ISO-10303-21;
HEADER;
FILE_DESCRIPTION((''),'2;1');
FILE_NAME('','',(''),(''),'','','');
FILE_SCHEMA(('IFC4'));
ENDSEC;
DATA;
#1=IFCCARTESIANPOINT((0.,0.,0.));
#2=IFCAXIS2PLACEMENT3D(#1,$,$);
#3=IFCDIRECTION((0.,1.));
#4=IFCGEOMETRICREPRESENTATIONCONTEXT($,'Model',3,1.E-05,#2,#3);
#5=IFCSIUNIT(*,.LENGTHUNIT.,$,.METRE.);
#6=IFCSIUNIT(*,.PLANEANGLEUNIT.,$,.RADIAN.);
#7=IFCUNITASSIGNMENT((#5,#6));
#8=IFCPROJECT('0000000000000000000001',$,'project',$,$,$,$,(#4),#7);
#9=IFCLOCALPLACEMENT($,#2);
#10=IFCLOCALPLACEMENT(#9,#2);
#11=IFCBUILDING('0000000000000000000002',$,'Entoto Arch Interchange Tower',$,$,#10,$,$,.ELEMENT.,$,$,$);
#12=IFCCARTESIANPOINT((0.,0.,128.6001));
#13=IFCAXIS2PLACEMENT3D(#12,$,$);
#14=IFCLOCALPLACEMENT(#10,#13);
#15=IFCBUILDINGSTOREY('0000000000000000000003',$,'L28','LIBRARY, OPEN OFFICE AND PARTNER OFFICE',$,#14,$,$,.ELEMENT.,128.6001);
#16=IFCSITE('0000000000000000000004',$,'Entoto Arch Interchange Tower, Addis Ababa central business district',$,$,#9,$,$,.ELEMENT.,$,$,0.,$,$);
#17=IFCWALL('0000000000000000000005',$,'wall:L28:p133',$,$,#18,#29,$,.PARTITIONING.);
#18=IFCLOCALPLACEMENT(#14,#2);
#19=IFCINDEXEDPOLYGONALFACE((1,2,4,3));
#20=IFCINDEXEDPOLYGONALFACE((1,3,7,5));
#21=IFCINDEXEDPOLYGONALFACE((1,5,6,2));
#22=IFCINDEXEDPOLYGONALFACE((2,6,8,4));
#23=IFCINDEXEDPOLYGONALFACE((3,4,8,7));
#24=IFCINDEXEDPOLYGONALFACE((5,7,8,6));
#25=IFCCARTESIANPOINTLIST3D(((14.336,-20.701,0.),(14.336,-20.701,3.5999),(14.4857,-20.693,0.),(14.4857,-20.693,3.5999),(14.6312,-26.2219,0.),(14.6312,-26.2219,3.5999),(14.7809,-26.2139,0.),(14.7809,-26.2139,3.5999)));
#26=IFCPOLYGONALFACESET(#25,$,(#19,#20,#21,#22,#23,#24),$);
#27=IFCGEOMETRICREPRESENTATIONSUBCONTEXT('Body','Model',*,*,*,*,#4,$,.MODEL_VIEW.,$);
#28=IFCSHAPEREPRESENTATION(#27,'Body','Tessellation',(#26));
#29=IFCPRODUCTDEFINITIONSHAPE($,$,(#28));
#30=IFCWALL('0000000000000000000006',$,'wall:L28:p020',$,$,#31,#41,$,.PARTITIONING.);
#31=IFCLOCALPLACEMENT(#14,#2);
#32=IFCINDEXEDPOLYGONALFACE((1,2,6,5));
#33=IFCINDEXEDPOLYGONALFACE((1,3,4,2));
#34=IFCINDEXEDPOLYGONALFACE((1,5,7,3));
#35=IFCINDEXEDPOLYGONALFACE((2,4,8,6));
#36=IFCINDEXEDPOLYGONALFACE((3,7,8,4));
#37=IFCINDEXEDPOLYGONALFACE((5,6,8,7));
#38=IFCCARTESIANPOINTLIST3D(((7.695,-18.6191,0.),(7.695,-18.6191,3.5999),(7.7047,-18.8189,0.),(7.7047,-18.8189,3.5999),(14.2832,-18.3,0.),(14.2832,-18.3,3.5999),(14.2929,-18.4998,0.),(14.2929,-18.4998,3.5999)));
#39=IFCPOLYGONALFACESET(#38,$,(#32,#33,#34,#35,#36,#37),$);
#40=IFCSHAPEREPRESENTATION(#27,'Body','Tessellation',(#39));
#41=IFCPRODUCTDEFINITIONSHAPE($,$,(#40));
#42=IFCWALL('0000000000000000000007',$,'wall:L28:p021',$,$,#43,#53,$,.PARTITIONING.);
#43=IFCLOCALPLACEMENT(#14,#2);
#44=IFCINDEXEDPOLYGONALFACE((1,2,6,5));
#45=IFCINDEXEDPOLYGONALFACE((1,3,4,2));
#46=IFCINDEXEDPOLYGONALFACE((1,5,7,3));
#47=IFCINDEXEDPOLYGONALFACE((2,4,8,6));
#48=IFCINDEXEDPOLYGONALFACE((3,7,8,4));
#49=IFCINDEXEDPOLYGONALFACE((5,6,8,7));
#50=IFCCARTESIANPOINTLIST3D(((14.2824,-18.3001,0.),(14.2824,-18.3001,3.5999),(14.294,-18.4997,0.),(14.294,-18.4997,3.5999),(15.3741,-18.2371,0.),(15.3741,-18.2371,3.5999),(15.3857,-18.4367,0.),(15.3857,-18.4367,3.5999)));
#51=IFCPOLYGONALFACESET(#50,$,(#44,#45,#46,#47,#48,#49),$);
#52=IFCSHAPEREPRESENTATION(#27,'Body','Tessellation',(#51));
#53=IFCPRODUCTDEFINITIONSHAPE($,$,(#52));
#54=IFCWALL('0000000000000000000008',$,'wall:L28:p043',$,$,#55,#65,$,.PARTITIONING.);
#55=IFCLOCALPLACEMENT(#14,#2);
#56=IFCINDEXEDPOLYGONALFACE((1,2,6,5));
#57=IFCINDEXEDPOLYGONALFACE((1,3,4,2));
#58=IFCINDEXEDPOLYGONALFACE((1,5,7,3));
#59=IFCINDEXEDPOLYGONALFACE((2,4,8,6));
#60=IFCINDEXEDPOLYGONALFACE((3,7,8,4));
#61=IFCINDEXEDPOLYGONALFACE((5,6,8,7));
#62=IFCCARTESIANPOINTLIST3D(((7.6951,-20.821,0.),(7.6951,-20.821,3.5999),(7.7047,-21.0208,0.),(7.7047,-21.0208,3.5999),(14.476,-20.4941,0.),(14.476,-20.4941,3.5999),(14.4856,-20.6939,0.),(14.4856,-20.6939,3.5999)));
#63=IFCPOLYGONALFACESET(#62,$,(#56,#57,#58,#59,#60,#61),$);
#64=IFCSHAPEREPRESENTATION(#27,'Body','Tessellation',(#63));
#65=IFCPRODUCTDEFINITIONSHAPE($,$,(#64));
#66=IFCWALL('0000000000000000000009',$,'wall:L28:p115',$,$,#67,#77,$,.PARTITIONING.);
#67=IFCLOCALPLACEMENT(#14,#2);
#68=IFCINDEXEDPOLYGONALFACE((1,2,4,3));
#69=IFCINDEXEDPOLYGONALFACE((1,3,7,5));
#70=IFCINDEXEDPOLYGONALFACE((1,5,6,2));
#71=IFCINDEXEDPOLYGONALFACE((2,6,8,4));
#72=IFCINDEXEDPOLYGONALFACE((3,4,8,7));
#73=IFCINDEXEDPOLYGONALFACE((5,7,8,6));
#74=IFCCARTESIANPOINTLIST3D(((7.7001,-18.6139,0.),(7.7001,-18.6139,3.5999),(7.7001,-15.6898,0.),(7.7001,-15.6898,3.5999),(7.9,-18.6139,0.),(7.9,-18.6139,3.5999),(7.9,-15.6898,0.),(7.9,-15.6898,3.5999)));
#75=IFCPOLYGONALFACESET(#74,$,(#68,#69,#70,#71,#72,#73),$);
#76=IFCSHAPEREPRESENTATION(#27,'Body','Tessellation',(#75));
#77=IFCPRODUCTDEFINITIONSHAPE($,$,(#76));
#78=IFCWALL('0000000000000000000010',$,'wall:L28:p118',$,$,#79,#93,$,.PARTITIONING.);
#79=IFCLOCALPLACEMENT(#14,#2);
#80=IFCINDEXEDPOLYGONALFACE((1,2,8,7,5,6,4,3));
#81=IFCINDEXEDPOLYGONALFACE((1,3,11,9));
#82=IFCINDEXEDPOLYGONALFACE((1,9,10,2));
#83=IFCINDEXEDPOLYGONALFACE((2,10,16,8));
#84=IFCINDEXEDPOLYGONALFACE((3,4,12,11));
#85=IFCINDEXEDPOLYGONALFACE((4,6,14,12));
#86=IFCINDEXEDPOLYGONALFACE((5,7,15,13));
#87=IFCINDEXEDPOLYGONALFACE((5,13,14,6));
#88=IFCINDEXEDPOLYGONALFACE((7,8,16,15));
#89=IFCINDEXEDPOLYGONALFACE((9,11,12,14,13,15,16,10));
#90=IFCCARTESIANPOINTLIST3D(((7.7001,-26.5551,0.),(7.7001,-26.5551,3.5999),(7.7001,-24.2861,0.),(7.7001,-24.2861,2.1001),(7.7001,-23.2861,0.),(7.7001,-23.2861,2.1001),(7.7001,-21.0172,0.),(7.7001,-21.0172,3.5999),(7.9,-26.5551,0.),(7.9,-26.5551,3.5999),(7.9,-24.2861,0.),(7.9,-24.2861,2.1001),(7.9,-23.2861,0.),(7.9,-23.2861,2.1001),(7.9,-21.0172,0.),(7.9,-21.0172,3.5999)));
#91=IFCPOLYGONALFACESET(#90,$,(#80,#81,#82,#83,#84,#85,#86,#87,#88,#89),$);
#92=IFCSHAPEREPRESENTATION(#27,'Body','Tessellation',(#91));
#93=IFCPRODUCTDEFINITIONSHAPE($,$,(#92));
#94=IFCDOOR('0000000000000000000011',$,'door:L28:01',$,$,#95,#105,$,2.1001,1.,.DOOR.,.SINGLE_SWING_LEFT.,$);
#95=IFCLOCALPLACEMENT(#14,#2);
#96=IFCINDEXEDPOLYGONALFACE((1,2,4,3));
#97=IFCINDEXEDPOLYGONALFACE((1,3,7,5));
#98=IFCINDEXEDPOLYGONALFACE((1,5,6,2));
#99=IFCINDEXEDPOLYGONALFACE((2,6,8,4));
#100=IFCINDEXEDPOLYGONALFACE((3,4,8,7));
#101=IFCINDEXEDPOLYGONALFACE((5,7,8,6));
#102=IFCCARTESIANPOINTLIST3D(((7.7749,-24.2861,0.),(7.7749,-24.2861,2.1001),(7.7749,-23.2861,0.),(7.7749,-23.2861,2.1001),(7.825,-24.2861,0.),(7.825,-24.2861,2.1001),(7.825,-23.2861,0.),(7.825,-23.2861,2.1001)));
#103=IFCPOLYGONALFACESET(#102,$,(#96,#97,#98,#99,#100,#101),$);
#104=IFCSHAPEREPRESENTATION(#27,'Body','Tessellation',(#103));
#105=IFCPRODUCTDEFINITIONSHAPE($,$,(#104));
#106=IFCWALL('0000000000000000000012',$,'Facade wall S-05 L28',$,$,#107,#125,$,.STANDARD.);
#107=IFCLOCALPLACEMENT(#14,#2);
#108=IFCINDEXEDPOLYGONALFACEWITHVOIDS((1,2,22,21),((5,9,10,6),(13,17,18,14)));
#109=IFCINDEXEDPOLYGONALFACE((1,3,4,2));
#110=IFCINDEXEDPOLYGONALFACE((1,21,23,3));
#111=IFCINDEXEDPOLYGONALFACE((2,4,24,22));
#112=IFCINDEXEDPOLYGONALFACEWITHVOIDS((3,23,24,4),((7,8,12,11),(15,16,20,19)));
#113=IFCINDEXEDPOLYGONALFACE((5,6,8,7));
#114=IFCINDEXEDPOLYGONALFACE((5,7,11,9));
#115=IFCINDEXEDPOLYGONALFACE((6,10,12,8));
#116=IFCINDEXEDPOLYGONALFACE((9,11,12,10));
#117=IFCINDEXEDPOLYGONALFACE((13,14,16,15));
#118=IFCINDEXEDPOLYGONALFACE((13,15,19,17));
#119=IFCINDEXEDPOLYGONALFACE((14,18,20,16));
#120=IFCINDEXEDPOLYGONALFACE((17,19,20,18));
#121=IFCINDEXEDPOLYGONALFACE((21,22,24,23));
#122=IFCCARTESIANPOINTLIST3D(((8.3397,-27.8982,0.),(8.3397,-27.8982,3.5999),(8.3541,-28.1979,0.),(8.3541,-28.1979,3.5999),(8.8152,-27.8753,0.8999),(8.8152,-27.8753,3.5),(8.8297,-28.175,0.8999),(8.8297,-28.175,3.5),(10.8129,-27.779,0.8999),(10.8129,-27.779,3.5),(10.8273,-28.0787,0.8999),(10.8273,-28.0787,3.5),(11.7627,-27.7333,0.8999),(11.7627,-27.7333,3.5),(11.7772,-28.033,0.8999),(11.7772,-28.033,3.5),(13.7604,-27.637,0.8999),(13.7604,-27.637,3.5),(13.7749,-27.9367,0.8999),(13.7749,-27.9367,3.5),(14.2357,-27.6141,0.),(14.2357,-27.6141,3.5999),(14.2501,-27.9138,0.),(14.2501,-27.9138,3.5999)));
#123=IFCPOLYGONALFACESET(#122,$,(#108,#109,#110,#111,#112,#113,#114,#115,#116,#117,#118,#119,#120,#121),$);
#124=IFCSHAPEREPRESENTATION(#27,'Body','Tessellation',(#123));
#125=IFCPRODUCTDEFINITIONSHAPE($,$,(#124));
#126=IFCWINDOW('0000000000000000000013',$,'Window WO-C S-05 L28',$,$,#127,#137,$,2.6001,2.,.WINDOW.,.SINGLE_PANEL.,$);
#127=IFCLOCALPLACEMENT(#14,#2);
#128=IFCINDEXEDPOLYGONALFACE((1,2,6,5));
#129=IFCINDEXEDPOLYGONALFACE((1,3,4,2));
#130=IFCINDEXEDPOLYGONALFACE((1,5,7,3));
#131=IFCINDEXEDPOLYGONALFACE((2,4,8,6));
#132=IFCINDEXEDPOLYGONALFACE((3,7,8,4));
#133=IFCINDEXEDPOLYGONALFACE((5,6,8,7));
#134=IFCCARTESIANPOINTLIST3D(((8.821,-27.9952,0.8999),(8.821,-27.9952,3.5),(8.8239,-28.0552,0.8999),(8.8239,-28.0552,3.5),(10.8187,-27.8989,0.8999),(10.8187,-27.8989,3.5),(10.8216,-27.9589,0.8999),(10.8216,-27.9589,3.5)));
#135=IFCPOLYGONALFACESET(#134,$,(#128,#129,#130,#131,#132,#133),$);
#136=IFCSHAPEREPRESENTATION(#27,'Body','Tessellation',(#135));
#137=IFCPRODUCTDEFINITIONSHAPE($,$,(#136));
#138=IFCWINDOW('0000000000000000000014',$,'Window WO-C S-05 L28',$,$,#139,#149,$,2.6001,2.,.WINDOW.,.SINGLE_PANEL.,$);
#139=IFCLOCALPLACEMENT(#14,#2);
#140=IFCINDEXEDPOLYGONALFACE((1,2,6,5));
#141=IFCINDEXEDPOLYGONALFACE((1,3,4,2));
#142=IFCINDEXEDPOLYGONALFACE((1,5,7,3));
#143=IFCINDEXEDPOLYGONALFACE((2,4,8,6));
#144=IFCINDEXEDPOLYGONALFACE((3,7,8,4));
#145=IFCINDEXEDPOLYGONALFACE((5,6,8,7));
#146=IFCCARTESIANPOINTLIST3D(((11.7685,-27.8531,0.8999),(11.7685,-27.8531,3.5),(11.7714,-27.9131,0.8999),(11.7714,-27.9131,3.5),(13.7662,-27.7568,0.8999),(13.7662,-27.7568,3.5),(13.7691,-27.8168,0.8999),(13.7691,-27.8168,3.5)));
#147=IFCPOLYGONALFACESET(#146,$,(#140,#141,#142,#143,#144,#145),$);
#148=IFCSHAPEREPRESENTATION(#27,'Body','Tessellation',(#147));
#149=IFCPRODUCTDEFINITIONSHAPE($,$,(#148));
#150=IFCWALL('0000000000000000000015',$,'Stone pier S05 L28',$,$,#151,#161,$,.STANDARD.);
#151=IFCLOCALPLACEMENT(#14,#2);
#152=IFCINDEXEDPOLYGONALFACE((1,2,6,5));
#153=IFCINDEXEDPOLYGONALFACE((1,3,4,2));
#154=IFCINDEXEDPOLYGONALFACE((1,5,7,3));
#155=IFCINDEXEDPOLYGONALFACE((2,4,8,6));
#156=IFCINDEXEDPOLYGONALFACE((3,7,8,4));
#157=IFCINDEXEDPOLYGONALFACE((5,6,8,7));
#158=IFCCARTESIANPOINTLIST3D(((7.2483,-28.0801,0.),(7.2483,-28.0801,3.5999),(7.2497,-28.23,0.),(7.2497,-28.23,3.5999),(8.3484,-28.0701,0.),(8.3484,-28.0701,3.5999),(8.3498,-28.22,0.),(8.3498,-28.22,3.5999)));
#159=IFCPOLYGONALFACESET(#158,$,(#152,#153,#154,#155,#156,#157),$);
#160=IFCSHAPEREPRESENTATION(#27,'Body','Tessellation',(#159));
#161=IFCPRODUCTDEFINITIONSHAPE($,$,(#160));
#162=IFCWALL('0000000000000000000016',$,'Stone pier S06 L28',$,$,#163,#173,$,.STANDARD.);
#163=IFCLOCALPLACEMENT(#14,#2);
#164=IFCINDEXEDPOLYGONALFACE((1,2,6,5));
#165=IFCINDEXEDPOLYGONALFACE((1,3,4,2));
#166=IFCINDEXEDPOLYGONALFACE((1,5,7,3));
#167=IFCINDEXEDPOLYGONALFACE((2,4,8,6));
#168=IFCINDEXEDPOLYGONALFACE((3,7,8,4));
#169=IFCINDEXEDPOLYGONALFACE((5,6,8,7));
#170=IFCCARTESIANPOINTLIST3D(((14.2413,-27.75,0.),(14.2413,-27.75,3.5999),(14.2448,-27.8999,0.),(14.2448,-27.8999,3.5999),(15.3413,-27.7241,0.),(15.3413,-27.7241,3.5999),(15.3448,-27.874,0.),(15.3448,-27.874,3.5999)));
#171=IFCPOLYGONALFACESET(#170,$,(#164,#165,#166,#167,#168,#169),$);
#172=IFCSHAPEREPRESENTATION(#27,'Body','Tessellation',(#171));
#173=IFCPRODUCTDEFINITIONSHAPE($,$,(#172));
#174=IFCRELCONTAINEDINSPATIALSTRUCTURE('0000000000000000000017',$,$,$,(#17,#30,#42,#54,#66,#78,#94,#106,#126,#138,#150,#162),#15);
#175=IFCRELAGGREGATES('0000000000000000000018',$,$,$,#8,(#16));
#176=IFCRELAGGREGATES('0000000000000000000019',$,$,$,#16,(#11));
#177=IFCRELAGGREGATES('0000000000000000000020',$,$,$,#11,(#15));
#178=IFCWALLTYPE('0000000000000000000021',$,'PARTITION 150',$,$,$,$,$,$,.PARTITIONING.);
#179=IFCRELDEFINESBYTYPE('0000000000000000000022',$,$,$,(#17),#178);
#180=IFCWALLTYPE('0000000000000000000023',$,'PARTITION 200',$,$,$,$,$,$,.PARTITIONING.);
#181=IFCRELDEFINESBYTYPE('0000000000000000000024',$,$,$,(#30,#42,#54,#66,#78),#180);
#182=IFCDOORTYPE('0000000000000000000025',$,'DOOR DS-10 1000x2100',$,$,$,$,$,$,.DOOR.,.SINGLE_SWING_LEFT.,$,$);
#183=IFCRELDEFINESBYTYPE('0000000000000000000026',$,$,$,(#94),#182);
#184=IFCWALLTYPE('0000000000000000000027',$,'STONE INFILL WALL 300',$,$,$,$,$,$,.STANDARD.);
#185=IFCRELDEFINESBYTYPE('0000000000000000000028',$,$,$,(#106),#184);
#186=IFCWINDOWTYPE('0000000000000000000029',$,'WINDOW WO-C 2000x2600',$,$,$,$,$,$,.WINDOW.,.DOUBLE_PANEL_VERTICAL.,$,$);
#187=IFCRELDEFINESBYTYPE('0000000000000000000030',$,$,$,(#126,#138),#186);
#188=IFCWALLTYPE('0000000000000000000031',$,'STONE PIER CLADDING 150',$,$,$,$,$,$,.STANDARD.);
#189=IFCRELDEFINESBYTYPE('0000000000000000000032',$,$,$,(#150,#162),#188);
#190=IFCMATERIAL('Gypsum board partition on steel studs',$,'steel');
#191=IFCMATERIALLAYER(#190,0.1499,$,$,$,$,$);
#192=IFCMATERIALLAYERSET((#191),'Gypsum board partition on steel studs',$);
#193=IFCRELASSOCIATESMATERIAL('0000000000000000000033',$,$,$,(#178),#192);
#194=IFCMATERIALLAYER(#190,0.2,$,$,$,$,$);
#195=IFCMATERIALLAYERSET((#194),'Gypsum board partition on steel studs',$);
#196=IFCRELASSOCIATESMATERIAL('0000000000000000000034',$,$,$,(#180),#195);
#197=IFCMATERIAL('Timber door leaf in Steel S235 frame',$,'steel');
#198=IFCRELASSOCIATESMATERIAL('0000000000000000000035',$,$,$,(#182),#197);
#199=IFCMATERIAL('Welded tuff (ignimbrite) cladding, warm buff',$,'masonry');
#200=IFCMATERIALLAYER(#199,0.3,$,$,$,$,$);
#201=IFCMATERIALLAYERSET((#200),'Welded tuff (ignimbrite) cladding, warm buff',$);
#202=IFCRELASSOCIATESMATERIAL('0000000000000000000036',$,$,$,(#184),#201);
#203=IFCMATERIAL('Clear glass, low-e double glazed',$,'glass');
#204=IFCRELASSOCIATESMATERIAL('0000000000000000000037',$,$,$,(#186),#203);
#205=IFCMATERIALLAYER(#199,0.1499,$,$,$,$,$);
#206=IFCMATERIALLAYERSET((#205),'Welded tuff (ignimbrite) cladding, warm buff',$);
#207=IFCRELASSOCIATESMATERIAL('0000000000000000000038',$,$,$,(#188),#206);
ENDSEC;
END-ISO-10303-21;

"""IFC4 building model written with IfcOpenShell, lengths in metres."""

from ifc_helpers import new_model, si_unit, direction, frame, frame_2d, origin, place, context, subcontext, project, spatial, rectangle, extrude, material, layer, layer_set, type_object, element, fill, save


model = new_model("IFC4")

# Units and contexts
model_context = context("Model", 3, precision=1e-05, world=origin(), true_north=direction((0.0, 1.0)))
body_context = subcontext(model_context, "Body", "Model", "MODEL_VIEW")
ifc_project = project(units=[si_unit("LENGTHUNIT", "METRE"), si_unit("PLANEANGLEUNIT", "RADIAN")], contexts=[model_context])

# Site, building, storey
site_placement = place(None, origin())
site = spatial("IfcSite", under=ifc_project, at=site_placement, Name="Entoto Arch Interchange Tower, Addis Ababa central business district", CompositionType="ELEMENT", RefElevation=0.0)
building_placement = place(site_placement, origin())
building = spatial("IfcBuilding", under=site, at=building_placement, Name="Entoto Arch Interchange Tower", CompositionType="ELEMENT")
storey_placement = place(building_placement, frame((0.0, 0.0, 128.6001)))
storey = spatial("IfcBuildingStorey", under=building, at=storey_placement, Name="L28", Description="LIBRARY, OPEN OFFICE AND PARTNER OFFICE", CompositionType="ELEMENT", Elevation=128.6001)

# Shared definitions
ifc_material_1 = material(Name="Clear glass, low-e double glazed", Category="glass")

# Walls
ifc_material_2 = material(Name="Gypsum board partition on steel studs", Category="steel")
ifc_layer_1 = layer(ifc_material_2, 0.1499)
ifc_layer_set_1 = layer_set([ifc_layer_1], Name="Gypsum board partition on steel studs")
wall_type_1 = type_object("IfcWallType", Name="PARTITION 150", PredefinedType="PARTITIONING", material=ifc_layer_set_1)
wall_1_placement = place(storey_placement, frame((14.4109, -20.697, 0.0), z_axis=(0.0, 0.0, 1.0), x_axis=(0.053386, -0.998574, 0.0)))
element("IfcWall", 1, at=wall_1_placement, inside=storey, type_object=wall_type_1, Name="wall:L28:p133", PredefinedType="PARTITIONING", context=body_context, shape_type="SweptSolid", body=[
    extrude(rectangle(XDim=5.5288, YDim=0.1499, at=frame_2d((2.7644, 0.0))), origin(), (0.0, 0.0, 1.0), 3.5999),
])
ifc_layer_2 = layer(ifc_material_2, 0.2)
ifc_layer_set_2 = layer_set([ifc_layer_2], Name="Gypsum board partition on steel studs")
wall_type_2 = type_object("IfcWallType", Name="PARTITION 200", PredefinedType="PARTITIONING", material=ifc_layer_set_2)
wall_2_placement = place(storey_placement, frame((7.7, -18.719, 0.0), z_axis=(0.0, 0.0, 1.0), x_axis=(0.998829, 0.048378, 0.0)))
element("IfcWall", 2, at=wall_2_placement, inside=storey, type_object=wall_type_2, Name="wall:L28:p020", PredefinedType="PARTITIONING", context=body_context, shape_type="SweptSolid", body=[
    extrude(rectangle(XDim=6.5959, YDim=0.2, at=frame_2d((3.2979, 0.0))), origin(), (0.0, 0.0, 1.0), 3.5999),
])
wall_3_placement = place(storey_placement, frame((14.2881, -18.3999, 0.0), z_axis=(0.0, 0.0, 1.0), x_axis=(0.99834, 0.057597, 0.0)))
element("IfcWall", 3, at=wall_3_placement, inside=storey, type_object=wall_type_2, Name="wall:L28:p021", PredefinedType="PARTITIONING", context=body_context, shape_type="SweptSolid", body=[
    extrude(rectangle(XDim=1.0935, YDim=0.2, at=frame_2d((0.5469, 0.0))), origin(), (0.0, 0.0, 1.0), 3.5999),
])
wall_4_placement = place(storey_placement, frame((14.481, -20.594, 0.0), z_axis=(0.0, 0.0, 1.0), x_axis=(-0.99884, -0.048153, 0.0)))
element("IfcWall", 4, at=wall_4_placement, inside=storey, type_object=wall_type_2, Name="wall:L28:p043", PredefinedType="PARTITIONING", context=body_context, shape_type="SweptSolid", body=[
    extrude(rectangle(XDim=6.7888, YDim=0.2, at=frame_2d((3.3945, 0.0))), origin(), (0.0, 0.0, 1.0), 3.5999),
])
wall_5_placement = place(storey_placement, frame((7.8, -15.6899, 0.0), z_axis=(0.0, 0.0, 1.0), x_axis=(0.0, -1.0, 0.0)))
element("IfcWall", 5, at=wall_5_placement, inside=storey, type_object=wall_type_2, Name="wall:L28:p115", PredefinedType="PARTITIONING", context=body_context, shape_type="SweptSolid", body=[
    extrude(rectangle(XDim=2.9241, YDim=0.2, at=frame_2d((1.4619, 0.0))), origin(), (0.0, 0.0, 1.0), 3.5999),
])

# Wall, opening, door
wall_6_placement = place(storey_placement, frame((7.8, -21.0171, 0.0), z_axis=(0.0, 0.0, 1.0), x_axis=(0.0, -1.0, 0.0)))
wall_6 = element("IfcWall", 6, at=wall_6_placement, inside=storey, type_object=wall_type_2, Name="wall:L28:p118", PredefinedType="PARTITIONING", context=body_context, shape_type="SweptSolid", body=[
    extrude(rectangle(XDim=5.5378, YDim=0.2, at=frame_2d((2.769, 0.0))), origin(), (0.0, 0.0, 1.0), 3.5999),
])
opening_1_placement = place(wall_6_placement, frame((2.269, 0.0, 0.0)))
opening_1 = element("IfcOpeningElement", 7, at=opening_1_placement, cuts=wall_6, PredefinedType="OPENING", context=body_context, shape_type="SweptSolid", body=[
    extrude(rectangle(XDim=1.0, YDim=2.1001, at=frame_2d((0.5, 1.05))), frame((0.0, 0.1099, 0.0), z_axis=(0.0, -1.0, 0.0), x_axis=(1.0, 0.0, 0.0)), (0.0, 0.0, 1.0), 0.22),
])
ifc_material_3 = material(Name="Timber door leaf in Steel S235 frame", Category="steel")
door_type = type_object("IfcDoorType", Name="DOOR DS-10 1000x2100", OperationType="SINGLE_SWING_LEFT", PredefinedType="DOOR", material=ifc_material_3)
door_placement = place(opening_1_placement, origin())
door = element("IfcDoor", 8, at=door_placement, inside=storey, type_object=door_type, Name="door:L28:01", OperationType="SINGLE_SWING_LEFT", OverallHeight=2.1001, OverallWidth=1.0, PredefinedType="DOOR", context=body_context, shape_type="SweptSolid", body=[
    extrude(rectangle(XDim=1.0, YDim=2.1001, at=frame_2d((0.5, 1.05))), frame((0.0, 0.0249, 0.0), z_axis=(0.0, -1.0, 0.0), x_axis=(1.0, 0.0, 0.0)), (0.0, 0.0, 1.0), 0.05),
])
fill(opening_1, door)

# Wall, openings, windows
ifc_material_4 = material(Name="Welded tuff (ignimbrite) cladding, warm buff", Category="masonry")
ifc_layer_3 = layer(ifc_material_4, 0.3)
ifc_layer_set_3 = layer_set([ifc_layer_3], Name="Welded tuff (ignimbrite) cladding, warm buff")
wall_type_3 = type_object("IfcWallType", Name="STONE INFILL WALL 300", PredefinedType="STANDARD", material=ifc_layer_set_3)
wall_7_placement = place(storey_placement, frame((8.3469, -28.0481, 0.0), z_axis=(0.0, 0.0, 1.0), x_axis=(0.99884, 0.048143, 0.0)))
wall_7 = element("IfcWall", 9, at=wall_7_placement, inside=storey, type_object=wall_type_3, Name="Facade wall S-05 L28", PredefinedType="STANDARD", context=body_context, shape_type="SweptSolid", body=[
    extrude(rectangle(XDim=5.9028, YDim=0.3, at=frame_2d((2.9514, 0.0))), origin(), (0.0, 0.0, 1.0), 3.5999),
])
opening_2_placement = place(wall_7_placement, frame((0.4761, 0.0, 0.8999)))
opening_2 = element("IfcOpeningElement", 10, at=opening_2_placement, cuts=wall_7, PredefinedType="OPENING", context=body_context, shape_type="SweptSolid", body=[
    extrude(rectangle(XDim=2.0, YDim=2.6001, at=frame_2d((1.0, 1.3))), frame((0.0, 0.1602, 0.0), z_axis=(0.0, -1.0, 0.0), x_axis=(1.0, 0.0, 0.0)), (0.0, 0.0, 1.0), 0.3201),
])
opening_3_placement = place(wall_7_placement, frame((3.427, 0.0, 0.8999)))
opening_3 = element("IfcOpeningElement", 11, at=opening_3_placement, cuts=wall_7, PredefinedType="OPENING", context=body_context, shape_type="SweptSolid", body=[
    extrude(rectangle(XDim=2.0, YDim=2.6001, at=frame_2d((1.0, 1.3))), frame((0.0, 0.1602, 0.0), z_axis=(0.0, -1.0, 0.0), x_axis=(1.0, 0.0, 0.0)), (0.0, 0.0, 1.0), 0.3201),
])
window_type = type_object("IfcWindowType", Name="WINDOW WO-C 2000x2600", PartitioningType="DOUBLE_PANEL_VERTICAL", PredefinedType="WINDOW", material=ifc_material_1)
window_1_placement = place(opening_2_placement, origin())
window_1 = element("IfcWindow", 12, at=window_1_placement, inside=storey, type_object=window_type, Name="Window WO-C S-05 L28", OverallHeight=2.6001, OverallWidth=2.0, PartitioningType="SINGLE_PANEL", PredefinedType="WINDOW", context=body_context, shape_type="SweptSolid", body=[
    extrude(rectangle(XDim=2.0, YDim=2.6001, at=frame_2d((1.0, 1.3))), frame((0.0, 0.03, 0.0), z_axis=(0.0, -1.0, 0.0), x_axis=(1.0, 0.0, 0.0)), (0.0, 0.0, 1.0), 0.0601),
])
fill(opening_2, window_1)
window_2_placement = place(opening_3_placement, origin())
window_2 = element("IfcWindow", 13, at=window_2_placement, inside=storey, type_object=window_type, Name="Window WO-C S-05 L28", OverallHeight=2.6001, OverallWidth=2.0, PartitioningType="SINGLE_PANEL", PredefinedType="WINDOW", context=body_context, shape_type="SweptSolid", body=[
    extrude(rectangle(XDim=2.0, YDim=2.6001, at=frame_2d((1.0, 1.3))), frame((0.0, 0.03, 0.0), z_axis=(0.0, -1.0, 0.0), x_axis=(1.0, 0.0, 0.0)), (0.0, 0.0, 1.0), 0.0601),
])
fill(opening_3, window_2)

# Walls
ifc_layer_4 = layer(ifc_material_4, 0.1499)
ifc_layer_set_4 = layer_set([ifc_layer_4], Name="Welded tuff (ignimbrite) cladding, warm buff")
wall_type_4 = type_object("IfcWallType", Name="STONE PIER CLADDING 150", PredefinedType="STANDARD", material=ifc_layer_set_4)
wall_8_placement = place(storey_placement, frame((7.249, -28.155, 0.0), z_axis=(0.0, 0.0, 1.0), x_axis=(0.999959, 0.009099, 0.0)))
element("IfcWall", 14, at=wall_8_placement, inside=storey, type_object=wall_type_4, Name="Stone pier S05 L28", PredefinedType="STANDARD", context=body_context, shape_type="SweptSolid", body=[
    extrude(rectangle(XDim=1.1001, YDim=0.1499, at=frame_2d((0.55, 0.0))), origin(), (0.0, 0.0, 1.0), 3.5999),
])
wall_9_placement = place(storey_placement, frame((14.2429, -27.825, 0.0), z_axis=(0.0, 0.0, 1.0), x_axis=(0.999723, 0.023518, 0.0)))
element("IfcWall", 15, at=wall_9_placement, inside=storey, type_object=wall_type_4, Name="Stone pier S06 L28", PredefinedType="STANDARD", context=body_context, shape_type="SweptSolid", body=[
    extrude(rectangle(XDim=1.1003, YDim=0.1499, at=frame_2d((0.5503, 0.0))), origin(), (0.0, 0.0, 1.0), 3.5999),
])

save(model, "model.ifc")
